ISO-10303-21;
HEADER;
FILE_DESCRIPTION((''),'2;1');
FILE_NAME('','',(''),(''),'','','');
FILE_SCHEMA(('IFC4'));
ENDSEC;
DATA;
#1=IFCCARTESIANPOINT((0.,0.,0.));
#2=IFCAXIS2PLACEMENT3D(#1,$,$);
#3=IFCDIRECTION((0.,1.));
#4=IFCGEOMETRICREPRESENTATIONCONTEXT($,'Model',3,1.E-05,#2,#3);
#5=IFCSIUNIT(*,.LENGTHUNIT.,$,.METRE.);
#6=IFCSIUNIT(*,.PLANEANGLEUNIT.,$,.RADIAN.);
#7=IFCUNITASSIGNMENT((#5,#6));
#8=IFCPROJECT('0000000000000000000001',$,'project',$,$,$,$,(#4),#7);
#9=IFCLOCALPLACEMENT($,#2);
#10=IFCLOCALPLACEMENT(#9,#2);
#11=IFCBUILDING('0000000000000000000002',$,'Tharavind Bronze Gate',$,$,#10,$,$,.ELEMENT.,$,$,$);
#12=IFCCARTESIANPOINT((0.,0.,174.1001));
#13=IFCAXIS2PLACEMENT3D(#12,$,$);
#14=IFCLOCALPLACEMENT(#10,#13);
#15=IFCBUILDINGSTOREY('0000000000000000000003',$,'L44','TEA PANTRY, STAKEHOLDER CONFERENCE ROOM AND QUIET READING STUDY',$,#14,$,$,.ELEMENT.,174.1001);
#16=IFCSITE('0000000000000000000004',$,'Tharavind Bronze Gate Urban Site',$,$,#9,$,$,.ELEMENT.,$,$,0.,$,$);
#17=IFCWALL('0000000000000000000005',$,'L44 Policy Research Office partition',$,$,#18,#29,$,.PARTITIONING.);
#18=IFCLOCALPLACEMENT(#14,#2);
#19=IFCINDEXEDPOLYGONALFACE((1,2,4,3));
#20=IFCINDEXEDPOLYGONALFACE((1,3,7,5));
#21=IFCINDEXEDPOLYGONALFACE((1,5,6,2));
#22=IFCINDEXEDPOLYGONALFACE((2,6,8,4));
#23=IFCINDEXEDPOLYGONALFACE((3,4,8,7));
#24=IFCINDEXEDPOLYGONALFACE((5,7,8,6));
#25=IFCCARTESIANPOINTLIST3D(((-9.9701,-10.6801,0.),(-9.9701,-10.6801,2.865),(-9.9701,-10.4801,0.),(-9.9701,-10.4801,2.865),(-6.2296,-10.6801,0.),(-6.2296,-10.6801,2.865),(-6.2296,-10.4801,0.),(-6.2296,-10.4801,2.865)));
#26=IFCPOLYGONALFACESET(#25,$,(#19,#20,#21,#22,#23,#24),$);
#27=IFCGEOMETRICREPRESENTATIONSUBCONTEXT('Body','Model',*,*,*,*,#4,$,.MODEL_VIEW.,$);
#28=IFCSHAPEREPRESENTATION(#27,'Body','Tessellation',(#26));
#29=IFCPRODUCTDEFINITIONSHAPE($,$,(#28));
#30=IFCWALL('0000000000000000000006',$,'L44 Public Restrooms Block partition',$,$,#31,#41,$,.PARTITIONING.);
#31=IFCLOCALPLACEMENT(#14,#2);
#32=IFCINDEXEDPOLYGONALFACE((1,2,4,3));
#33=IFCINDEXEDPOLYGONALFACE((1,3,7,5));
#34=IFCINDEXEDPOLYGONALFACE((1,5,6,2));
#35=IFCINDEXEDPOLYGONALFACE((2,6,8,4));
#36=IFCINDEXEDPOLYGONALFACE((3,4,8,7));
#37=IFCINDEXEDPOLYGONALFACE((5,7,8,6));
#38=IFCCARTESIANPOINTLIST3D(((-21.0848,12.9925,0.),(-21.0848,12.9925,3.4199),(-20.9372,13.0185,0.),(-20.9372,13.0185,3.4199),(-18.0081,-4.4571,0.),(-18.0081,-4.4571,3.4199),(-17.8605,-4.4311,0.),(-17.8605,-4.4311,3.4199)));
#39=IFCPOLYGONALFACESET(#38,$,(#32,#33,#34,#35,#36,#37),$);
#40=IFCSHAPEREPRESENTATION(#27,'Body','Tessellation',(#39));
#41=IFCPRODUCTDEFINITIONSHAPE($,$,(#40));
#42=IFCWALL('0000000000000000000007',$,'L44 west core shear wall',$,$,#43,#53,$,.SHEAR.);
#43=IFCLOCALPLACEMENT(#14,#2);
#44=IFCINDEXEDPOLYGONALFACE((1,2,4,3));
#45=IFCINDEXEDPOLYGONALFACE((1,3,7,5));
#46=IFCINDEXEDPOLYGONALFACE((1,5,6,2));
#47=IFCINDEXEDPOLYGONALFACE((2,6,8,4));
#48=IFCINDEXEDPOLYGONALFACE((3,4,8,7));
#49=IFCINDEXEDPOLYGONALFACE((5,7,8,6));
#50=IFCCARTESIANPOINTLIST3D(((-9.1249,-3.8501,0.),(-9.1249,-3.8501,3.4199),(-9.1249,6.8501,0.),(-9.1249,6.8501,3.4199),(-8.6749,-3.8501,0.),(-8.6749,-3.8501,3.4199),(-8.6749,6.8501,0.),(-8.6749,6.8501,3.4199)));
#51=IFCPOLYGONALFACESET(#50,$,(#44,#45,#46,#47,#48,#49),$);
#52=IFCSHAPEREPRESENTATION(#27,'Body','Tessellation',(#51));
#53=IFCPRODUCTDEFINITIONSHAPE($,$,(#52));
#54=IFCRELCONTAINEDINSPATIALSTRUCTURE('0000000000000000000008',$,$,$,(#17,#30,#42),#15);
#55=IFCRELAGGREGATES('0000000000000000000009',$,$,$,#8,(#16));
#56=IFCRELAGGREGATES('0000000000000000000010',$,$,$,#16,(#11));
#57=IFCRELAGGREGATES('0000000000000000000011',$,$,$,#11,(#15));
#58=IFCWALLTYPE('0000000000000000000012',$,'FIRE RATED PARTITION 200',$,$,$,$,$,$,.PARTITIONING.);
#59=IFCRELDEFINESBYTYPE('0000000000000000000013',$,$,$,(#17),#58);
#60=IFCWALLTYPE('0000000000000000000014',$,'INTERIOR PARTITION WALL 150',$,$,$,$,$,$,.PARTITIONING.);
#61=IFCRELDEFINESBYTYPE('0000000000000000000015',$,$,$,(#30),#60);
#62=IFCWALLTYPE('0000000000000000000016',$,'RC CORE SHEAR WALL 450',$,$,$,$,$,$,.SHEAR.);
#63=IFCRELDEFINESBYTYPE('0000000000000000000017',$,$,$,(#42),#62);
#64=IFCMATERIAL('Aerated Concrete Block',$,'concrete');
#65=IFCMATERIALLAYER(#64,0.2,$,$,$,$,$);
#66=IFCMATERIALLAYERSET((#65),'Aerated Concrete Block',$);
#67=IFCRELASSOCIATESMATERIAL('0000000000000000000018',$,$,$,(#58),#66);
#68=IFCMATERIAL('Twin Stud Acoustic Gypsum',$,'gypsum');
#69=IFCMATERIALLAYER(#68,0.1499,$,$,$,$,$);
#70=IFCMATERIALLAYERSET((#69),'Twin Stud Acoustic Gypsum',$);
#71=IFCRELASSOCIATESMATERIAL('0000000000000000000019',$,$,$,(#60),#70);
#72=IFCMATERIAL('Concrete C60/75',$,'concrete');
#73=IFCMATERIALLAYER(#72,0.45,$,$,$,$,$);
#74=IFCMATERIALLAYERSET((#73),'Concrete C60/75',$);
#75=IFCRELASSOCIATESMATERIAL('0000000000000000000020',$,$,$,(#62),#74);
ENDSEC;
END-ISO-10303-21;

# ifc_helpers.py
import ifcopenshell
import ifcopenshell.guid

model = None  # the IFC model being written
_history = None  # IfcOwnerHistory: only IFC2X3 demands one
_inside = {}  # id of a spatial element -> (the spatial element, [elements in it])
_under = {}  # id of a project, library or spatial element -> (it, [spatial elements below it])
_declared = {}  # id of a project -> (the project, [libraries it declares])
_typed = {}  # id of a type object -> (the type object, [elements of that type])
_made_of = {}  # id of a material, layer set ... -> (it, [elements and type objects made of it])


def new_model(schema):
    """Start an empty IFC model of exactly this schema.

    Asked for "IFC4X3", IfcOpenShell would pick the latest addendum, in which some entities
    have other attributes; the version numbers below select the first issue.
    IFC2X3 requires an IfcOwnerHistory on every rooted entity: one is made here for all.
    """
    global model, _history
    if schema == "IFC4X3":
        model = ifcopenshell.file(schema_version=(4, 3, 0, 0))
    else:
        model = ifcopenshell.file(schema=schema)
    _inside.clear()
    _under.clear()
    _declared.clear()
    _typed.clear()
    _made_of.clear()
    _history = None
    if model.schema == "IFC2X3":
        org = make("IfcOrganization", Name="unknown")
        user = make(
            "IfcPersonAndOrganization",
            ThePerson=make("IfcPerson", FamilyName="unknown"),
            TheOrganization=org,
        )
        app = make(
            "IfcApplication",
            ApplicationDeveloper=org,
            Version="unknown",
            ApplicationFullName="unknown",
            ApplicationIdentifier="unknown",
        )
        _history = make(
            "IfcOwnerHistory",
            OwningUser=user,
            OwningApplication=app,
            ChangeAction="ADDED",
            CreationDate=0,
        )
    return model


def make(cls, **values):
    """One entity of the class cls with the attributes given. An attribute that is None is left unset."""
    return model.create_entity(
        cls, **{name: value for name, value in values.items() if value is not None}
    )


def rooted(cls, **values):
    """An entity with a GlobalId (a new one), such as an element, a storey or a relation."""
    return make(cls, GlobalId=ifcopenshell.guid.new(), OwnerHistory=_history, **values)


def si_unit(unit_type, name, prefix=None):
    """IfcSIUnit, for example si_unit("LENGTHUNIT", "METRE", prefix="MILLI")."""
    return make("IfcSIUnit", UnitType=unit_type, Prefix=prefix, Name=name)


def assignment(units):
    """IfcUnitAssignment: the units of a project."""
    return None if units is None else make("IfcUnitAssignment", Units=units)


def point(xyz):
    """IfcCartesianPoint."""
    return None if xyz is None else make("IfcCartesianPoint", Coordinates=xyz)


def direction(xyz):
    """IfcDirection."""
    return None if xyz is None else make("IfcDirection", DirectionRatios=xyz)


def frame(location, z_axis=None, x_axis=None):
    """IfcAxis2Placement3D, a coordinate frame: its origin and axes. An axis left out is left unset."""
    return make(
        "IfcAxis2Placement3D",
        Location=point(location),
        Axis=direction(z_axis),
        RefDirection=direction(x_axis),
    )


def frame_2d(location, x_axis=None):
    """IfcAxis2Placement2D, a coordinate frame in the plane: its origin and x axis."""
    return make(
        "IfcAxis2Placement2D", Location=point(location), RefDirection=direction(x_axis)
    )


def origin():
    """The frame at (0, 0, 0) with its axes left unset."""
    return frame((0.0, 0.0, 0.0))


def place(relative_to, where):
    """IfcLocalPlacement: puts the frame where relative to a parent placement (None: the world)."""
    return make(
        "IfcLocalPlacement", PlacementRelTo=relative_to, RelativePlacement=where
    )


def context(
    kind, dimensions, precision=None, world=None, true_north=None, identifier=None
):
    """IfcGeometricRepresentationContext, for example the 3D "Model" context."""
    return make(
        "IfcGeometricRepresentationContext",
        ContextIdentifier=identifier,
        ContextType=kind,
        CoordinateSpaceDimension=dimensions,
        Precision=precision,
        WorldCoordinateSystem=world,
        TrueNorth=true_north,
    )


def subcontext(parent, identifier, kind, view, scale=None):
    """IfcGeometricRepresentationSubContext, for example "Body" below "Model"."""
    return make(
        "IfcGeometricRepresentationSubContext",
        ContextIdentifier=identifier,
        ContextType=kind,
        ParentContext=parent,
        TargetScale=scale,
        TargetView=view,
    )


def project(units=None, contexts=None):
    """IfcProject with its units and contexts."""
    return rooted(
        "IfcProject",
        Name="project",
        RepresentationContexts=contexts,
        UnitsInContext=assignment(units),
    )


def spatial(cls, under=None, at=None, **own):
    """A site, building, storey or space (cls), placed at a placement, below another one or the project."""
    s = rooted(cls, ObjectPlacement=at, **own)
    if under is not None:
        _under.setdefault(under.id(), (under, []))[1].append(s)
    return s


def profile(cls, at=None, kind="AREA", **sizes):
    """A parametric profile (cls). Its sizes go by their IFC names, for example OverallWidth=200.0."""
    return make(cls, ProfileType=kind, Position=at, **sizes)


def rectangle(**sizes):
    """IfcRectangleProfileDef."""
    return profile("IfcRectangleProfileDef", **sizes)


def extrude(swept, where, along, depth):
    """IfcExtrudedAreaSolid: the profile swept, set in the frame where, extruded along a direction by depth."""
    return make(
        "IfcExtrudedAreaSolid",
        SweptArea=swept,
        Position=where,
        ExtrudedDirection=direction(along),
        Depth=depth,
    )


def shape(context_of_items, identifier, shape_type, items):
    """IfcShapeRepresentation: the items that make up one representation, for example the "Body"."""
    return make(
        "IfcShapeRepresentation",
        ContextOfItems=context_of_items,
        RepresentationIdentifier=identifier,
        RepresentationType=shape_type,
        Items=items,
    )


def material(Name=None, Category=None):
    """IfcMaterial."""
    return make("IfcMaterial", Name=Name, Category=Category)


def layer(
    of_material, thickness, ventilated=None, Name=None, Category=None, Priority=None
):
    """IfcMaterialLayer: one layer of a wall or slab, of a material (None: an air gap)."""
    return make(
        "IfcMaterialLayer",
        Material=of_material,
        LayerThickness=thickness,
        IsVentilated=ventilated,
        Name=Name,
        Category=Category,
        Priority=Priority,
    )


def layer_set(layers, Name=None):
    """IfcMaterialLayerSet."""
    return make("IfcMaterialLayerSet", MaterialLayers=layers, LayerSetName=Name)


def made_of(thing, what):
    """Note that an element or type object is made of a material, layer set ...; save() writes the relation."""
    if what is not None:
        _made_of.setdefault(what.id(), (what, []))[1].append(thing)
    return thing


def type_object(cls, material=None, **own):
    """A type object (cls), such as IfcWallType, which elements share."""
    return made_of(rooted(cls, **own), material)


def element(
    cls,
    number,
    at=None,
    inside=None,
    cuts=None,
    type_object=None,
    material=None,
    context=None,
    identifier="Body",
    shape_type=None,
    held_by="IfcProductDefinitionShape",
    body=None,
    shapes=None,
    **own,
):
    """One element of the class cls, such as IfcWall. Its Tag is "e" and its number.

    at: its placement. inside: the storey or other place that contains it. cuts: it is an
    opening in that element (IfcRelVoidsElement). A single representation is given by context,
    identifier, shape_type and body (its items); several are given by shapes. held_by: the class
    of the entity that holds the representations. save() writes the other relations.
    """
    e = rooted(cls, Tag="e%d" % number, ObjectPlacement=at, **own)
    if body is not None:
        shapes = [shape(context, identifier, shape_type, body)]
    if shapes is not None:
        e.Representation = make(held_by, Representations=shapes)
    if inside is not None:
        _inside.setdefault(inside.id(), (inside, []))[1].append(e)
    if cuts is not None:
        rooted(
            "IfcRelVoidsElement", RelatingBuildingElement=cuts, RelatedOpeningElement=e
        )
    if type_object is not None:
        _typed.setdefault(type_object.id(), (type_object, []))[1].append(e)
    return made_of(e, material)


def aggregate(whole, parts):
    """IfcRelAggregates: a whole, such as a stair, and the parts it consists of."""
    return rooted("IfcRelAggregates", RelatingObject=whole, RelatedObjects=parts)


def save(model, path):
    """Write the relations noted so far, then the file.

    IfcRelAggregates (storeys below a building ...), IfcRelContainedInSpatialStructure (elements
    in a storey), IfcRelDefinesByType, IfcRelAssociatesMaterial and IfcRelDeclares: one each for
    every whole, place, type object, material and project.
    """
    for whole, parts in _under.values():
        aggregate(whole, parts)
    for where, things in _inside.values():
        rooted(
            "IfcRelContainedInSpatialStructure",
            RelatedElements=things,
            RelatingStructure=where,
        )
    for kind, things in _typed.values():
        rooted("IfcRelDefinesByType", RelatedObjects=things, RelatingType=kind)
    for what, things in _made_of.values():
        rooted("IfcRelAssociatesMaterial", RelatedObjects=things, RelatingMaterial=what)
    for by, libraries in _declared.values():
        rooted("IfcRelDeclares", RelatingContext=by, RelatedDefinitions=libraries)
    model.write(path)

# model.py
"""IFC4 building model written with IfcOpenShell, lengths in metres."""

from ifc_helpers import new_model, si_unit, direction, frame, frame_2d, origin, place, context, subcontext, project, spatial, rectangle, extrude, material, layer, layer_set, type_object, element, save


model = new_model("IFC4")

# Units and contexts
model_context = context("Model", 3, precision=1e-05, world=origin(), true_north=direction((0.0, 1.0)))
body_context = subcontext(model_context, "Body", "Model", "MODEL_VIEW")
ifc_project = project(units=[si_unit("LENGTHUNIT", "METRE"), si_unit("PLANEANGLEUNIT", "RADIAN")], contexts=[model_context])

# Site, building, storey
site_placement = place(None, origin())
site = spatial("IfcSite", under=ifc_project, at=site_placement, Name="Tharavind Bronze Gate Urban Site", CompositionType="ELEMENT", RefElevation=0.0)
building_placement = place(site_placement, origin())
building = spatial("IfcBuilding", under=site, at=building_placement, Name="Tharavind Bronze Gate", CompositionType="ELEMENT")
storey_placement = place(building_placement, frame((0.0, 0.0, 174.1001)))
storey = spatial("IfcBuildingStorey", under=building, at=storey_placement, Name="L44", Description="TEA PANTRY, STAKEHOLDER CONFERENCE ROOM AND QUIET READING STUDY", CompositionType="ELEMENT", Elevation=174.1001)

# Shared definitions
ifc_material_1 = material(Name="Concrete C60/75", Category="concrete")

# Shared definitions
ifc_material_2 = material(Name="Aerated Concrete Block", Category="concrete")
ifc_layer_1 = layer(ifc_material_2, 0.2)
ifc_layer_set_1 = layer_set([ifc_layer_1], Name="Aerated Concrete Block")
wall_type_1 = type_object("IfcWallType", Name="FIRE RATED PARTITION 200", PredefinedType="PARTITIONING", material=ifc_layer_set_1)

# Walls
wall_1_placement = place(storey_placement, frame((-9.97, -10.5801, 0.0), z_axis=(0.0, 0.0, 1.0), x_axis=(1.0, 0.0, 0.0)))
element("IfcWall", 1, at=wall_1_placement, inside=storey, type_object=wall_type_1, Name="L44 Policy Research Office partition", PredefinedType="PARTITIONING", context=body_context, shape_type="SweptSolid", body=[
    extrude(rectangle(XDim=3.7405, YDim=0.2, at=frame_2d((1.8701, 0.0))), origin(), (0.0, 0.0, 1.0), 2.865),
])
ifc_material_3 = material(Name="Twin Stud Acoustic Gypsum", Category="gypsum")
ifc_layer_2 = layer(ifc_material_3, 0.1499)
ifc_layer_set_2 = layer_set([ifc_layer_2], Name="Twin Stud Acoustic Gypsum")
wall_type_2 = type_object("IfcWallType", Name="INTERIOR PARTITION WALL 150", PredefinedType="PARTITIONING", material=ifc_layer_set_2)
wall_2_placement = place(storey_placement, frame((-17.9343, -4.4441, 0.0), z_axis=(0.0, 0.0, 1.0), x_axis=(-0.173638, 0.98481, 0.0)))
element("IfcWall", 2, at=wall_2_placement, inside=storey, type_object=wall_type_2, Name="L44 Public Restrooms Block partition", PredefinedType="PARTITIONING", context=body_context, shape_type="SweptSolid", body=[
    extrude(rectangle(XDim=17.7188, YDim=0.1499, at=frame_2d((8.8594, 0.0))), origin(), (0.0, 0.0, 1.0), 3.4199),
])
ifc_layer_3 = layer(ifc_material_1, 0.45)
ifc_layer_set_3 = layer_set([ifc_layer_3], Name="Concrete C60/75")
wall_type_3 = type_object("IfcWallType", Name="RC CORE SHEAR WALL 450", PredefinedType="SHEAR", material=ifc_layer_set_3)
wall_3_placement = place(storey_placement, frame((-8.8999, -3.8501, 0.0), z_axis=(0.0, 0.0, 1.0), x_axis=(0.0, 1.0, 0.0)))
element("IfcWall", 3, at=wall_3_placement, inside=storey, type_object=wall_type_3, Name="L44 west core shear wall", PredefinedType="SHEAR", context=body_context, shape_type="SweptSolid", body=[
    extrude(rectangle(XDim=10.7002, YDim=0.45, at=frame_2d((5.3501, 0.0))), origin(), (0.0, 0.0, 1.0), 3.4199),
])

save(model, "model.ifc")
